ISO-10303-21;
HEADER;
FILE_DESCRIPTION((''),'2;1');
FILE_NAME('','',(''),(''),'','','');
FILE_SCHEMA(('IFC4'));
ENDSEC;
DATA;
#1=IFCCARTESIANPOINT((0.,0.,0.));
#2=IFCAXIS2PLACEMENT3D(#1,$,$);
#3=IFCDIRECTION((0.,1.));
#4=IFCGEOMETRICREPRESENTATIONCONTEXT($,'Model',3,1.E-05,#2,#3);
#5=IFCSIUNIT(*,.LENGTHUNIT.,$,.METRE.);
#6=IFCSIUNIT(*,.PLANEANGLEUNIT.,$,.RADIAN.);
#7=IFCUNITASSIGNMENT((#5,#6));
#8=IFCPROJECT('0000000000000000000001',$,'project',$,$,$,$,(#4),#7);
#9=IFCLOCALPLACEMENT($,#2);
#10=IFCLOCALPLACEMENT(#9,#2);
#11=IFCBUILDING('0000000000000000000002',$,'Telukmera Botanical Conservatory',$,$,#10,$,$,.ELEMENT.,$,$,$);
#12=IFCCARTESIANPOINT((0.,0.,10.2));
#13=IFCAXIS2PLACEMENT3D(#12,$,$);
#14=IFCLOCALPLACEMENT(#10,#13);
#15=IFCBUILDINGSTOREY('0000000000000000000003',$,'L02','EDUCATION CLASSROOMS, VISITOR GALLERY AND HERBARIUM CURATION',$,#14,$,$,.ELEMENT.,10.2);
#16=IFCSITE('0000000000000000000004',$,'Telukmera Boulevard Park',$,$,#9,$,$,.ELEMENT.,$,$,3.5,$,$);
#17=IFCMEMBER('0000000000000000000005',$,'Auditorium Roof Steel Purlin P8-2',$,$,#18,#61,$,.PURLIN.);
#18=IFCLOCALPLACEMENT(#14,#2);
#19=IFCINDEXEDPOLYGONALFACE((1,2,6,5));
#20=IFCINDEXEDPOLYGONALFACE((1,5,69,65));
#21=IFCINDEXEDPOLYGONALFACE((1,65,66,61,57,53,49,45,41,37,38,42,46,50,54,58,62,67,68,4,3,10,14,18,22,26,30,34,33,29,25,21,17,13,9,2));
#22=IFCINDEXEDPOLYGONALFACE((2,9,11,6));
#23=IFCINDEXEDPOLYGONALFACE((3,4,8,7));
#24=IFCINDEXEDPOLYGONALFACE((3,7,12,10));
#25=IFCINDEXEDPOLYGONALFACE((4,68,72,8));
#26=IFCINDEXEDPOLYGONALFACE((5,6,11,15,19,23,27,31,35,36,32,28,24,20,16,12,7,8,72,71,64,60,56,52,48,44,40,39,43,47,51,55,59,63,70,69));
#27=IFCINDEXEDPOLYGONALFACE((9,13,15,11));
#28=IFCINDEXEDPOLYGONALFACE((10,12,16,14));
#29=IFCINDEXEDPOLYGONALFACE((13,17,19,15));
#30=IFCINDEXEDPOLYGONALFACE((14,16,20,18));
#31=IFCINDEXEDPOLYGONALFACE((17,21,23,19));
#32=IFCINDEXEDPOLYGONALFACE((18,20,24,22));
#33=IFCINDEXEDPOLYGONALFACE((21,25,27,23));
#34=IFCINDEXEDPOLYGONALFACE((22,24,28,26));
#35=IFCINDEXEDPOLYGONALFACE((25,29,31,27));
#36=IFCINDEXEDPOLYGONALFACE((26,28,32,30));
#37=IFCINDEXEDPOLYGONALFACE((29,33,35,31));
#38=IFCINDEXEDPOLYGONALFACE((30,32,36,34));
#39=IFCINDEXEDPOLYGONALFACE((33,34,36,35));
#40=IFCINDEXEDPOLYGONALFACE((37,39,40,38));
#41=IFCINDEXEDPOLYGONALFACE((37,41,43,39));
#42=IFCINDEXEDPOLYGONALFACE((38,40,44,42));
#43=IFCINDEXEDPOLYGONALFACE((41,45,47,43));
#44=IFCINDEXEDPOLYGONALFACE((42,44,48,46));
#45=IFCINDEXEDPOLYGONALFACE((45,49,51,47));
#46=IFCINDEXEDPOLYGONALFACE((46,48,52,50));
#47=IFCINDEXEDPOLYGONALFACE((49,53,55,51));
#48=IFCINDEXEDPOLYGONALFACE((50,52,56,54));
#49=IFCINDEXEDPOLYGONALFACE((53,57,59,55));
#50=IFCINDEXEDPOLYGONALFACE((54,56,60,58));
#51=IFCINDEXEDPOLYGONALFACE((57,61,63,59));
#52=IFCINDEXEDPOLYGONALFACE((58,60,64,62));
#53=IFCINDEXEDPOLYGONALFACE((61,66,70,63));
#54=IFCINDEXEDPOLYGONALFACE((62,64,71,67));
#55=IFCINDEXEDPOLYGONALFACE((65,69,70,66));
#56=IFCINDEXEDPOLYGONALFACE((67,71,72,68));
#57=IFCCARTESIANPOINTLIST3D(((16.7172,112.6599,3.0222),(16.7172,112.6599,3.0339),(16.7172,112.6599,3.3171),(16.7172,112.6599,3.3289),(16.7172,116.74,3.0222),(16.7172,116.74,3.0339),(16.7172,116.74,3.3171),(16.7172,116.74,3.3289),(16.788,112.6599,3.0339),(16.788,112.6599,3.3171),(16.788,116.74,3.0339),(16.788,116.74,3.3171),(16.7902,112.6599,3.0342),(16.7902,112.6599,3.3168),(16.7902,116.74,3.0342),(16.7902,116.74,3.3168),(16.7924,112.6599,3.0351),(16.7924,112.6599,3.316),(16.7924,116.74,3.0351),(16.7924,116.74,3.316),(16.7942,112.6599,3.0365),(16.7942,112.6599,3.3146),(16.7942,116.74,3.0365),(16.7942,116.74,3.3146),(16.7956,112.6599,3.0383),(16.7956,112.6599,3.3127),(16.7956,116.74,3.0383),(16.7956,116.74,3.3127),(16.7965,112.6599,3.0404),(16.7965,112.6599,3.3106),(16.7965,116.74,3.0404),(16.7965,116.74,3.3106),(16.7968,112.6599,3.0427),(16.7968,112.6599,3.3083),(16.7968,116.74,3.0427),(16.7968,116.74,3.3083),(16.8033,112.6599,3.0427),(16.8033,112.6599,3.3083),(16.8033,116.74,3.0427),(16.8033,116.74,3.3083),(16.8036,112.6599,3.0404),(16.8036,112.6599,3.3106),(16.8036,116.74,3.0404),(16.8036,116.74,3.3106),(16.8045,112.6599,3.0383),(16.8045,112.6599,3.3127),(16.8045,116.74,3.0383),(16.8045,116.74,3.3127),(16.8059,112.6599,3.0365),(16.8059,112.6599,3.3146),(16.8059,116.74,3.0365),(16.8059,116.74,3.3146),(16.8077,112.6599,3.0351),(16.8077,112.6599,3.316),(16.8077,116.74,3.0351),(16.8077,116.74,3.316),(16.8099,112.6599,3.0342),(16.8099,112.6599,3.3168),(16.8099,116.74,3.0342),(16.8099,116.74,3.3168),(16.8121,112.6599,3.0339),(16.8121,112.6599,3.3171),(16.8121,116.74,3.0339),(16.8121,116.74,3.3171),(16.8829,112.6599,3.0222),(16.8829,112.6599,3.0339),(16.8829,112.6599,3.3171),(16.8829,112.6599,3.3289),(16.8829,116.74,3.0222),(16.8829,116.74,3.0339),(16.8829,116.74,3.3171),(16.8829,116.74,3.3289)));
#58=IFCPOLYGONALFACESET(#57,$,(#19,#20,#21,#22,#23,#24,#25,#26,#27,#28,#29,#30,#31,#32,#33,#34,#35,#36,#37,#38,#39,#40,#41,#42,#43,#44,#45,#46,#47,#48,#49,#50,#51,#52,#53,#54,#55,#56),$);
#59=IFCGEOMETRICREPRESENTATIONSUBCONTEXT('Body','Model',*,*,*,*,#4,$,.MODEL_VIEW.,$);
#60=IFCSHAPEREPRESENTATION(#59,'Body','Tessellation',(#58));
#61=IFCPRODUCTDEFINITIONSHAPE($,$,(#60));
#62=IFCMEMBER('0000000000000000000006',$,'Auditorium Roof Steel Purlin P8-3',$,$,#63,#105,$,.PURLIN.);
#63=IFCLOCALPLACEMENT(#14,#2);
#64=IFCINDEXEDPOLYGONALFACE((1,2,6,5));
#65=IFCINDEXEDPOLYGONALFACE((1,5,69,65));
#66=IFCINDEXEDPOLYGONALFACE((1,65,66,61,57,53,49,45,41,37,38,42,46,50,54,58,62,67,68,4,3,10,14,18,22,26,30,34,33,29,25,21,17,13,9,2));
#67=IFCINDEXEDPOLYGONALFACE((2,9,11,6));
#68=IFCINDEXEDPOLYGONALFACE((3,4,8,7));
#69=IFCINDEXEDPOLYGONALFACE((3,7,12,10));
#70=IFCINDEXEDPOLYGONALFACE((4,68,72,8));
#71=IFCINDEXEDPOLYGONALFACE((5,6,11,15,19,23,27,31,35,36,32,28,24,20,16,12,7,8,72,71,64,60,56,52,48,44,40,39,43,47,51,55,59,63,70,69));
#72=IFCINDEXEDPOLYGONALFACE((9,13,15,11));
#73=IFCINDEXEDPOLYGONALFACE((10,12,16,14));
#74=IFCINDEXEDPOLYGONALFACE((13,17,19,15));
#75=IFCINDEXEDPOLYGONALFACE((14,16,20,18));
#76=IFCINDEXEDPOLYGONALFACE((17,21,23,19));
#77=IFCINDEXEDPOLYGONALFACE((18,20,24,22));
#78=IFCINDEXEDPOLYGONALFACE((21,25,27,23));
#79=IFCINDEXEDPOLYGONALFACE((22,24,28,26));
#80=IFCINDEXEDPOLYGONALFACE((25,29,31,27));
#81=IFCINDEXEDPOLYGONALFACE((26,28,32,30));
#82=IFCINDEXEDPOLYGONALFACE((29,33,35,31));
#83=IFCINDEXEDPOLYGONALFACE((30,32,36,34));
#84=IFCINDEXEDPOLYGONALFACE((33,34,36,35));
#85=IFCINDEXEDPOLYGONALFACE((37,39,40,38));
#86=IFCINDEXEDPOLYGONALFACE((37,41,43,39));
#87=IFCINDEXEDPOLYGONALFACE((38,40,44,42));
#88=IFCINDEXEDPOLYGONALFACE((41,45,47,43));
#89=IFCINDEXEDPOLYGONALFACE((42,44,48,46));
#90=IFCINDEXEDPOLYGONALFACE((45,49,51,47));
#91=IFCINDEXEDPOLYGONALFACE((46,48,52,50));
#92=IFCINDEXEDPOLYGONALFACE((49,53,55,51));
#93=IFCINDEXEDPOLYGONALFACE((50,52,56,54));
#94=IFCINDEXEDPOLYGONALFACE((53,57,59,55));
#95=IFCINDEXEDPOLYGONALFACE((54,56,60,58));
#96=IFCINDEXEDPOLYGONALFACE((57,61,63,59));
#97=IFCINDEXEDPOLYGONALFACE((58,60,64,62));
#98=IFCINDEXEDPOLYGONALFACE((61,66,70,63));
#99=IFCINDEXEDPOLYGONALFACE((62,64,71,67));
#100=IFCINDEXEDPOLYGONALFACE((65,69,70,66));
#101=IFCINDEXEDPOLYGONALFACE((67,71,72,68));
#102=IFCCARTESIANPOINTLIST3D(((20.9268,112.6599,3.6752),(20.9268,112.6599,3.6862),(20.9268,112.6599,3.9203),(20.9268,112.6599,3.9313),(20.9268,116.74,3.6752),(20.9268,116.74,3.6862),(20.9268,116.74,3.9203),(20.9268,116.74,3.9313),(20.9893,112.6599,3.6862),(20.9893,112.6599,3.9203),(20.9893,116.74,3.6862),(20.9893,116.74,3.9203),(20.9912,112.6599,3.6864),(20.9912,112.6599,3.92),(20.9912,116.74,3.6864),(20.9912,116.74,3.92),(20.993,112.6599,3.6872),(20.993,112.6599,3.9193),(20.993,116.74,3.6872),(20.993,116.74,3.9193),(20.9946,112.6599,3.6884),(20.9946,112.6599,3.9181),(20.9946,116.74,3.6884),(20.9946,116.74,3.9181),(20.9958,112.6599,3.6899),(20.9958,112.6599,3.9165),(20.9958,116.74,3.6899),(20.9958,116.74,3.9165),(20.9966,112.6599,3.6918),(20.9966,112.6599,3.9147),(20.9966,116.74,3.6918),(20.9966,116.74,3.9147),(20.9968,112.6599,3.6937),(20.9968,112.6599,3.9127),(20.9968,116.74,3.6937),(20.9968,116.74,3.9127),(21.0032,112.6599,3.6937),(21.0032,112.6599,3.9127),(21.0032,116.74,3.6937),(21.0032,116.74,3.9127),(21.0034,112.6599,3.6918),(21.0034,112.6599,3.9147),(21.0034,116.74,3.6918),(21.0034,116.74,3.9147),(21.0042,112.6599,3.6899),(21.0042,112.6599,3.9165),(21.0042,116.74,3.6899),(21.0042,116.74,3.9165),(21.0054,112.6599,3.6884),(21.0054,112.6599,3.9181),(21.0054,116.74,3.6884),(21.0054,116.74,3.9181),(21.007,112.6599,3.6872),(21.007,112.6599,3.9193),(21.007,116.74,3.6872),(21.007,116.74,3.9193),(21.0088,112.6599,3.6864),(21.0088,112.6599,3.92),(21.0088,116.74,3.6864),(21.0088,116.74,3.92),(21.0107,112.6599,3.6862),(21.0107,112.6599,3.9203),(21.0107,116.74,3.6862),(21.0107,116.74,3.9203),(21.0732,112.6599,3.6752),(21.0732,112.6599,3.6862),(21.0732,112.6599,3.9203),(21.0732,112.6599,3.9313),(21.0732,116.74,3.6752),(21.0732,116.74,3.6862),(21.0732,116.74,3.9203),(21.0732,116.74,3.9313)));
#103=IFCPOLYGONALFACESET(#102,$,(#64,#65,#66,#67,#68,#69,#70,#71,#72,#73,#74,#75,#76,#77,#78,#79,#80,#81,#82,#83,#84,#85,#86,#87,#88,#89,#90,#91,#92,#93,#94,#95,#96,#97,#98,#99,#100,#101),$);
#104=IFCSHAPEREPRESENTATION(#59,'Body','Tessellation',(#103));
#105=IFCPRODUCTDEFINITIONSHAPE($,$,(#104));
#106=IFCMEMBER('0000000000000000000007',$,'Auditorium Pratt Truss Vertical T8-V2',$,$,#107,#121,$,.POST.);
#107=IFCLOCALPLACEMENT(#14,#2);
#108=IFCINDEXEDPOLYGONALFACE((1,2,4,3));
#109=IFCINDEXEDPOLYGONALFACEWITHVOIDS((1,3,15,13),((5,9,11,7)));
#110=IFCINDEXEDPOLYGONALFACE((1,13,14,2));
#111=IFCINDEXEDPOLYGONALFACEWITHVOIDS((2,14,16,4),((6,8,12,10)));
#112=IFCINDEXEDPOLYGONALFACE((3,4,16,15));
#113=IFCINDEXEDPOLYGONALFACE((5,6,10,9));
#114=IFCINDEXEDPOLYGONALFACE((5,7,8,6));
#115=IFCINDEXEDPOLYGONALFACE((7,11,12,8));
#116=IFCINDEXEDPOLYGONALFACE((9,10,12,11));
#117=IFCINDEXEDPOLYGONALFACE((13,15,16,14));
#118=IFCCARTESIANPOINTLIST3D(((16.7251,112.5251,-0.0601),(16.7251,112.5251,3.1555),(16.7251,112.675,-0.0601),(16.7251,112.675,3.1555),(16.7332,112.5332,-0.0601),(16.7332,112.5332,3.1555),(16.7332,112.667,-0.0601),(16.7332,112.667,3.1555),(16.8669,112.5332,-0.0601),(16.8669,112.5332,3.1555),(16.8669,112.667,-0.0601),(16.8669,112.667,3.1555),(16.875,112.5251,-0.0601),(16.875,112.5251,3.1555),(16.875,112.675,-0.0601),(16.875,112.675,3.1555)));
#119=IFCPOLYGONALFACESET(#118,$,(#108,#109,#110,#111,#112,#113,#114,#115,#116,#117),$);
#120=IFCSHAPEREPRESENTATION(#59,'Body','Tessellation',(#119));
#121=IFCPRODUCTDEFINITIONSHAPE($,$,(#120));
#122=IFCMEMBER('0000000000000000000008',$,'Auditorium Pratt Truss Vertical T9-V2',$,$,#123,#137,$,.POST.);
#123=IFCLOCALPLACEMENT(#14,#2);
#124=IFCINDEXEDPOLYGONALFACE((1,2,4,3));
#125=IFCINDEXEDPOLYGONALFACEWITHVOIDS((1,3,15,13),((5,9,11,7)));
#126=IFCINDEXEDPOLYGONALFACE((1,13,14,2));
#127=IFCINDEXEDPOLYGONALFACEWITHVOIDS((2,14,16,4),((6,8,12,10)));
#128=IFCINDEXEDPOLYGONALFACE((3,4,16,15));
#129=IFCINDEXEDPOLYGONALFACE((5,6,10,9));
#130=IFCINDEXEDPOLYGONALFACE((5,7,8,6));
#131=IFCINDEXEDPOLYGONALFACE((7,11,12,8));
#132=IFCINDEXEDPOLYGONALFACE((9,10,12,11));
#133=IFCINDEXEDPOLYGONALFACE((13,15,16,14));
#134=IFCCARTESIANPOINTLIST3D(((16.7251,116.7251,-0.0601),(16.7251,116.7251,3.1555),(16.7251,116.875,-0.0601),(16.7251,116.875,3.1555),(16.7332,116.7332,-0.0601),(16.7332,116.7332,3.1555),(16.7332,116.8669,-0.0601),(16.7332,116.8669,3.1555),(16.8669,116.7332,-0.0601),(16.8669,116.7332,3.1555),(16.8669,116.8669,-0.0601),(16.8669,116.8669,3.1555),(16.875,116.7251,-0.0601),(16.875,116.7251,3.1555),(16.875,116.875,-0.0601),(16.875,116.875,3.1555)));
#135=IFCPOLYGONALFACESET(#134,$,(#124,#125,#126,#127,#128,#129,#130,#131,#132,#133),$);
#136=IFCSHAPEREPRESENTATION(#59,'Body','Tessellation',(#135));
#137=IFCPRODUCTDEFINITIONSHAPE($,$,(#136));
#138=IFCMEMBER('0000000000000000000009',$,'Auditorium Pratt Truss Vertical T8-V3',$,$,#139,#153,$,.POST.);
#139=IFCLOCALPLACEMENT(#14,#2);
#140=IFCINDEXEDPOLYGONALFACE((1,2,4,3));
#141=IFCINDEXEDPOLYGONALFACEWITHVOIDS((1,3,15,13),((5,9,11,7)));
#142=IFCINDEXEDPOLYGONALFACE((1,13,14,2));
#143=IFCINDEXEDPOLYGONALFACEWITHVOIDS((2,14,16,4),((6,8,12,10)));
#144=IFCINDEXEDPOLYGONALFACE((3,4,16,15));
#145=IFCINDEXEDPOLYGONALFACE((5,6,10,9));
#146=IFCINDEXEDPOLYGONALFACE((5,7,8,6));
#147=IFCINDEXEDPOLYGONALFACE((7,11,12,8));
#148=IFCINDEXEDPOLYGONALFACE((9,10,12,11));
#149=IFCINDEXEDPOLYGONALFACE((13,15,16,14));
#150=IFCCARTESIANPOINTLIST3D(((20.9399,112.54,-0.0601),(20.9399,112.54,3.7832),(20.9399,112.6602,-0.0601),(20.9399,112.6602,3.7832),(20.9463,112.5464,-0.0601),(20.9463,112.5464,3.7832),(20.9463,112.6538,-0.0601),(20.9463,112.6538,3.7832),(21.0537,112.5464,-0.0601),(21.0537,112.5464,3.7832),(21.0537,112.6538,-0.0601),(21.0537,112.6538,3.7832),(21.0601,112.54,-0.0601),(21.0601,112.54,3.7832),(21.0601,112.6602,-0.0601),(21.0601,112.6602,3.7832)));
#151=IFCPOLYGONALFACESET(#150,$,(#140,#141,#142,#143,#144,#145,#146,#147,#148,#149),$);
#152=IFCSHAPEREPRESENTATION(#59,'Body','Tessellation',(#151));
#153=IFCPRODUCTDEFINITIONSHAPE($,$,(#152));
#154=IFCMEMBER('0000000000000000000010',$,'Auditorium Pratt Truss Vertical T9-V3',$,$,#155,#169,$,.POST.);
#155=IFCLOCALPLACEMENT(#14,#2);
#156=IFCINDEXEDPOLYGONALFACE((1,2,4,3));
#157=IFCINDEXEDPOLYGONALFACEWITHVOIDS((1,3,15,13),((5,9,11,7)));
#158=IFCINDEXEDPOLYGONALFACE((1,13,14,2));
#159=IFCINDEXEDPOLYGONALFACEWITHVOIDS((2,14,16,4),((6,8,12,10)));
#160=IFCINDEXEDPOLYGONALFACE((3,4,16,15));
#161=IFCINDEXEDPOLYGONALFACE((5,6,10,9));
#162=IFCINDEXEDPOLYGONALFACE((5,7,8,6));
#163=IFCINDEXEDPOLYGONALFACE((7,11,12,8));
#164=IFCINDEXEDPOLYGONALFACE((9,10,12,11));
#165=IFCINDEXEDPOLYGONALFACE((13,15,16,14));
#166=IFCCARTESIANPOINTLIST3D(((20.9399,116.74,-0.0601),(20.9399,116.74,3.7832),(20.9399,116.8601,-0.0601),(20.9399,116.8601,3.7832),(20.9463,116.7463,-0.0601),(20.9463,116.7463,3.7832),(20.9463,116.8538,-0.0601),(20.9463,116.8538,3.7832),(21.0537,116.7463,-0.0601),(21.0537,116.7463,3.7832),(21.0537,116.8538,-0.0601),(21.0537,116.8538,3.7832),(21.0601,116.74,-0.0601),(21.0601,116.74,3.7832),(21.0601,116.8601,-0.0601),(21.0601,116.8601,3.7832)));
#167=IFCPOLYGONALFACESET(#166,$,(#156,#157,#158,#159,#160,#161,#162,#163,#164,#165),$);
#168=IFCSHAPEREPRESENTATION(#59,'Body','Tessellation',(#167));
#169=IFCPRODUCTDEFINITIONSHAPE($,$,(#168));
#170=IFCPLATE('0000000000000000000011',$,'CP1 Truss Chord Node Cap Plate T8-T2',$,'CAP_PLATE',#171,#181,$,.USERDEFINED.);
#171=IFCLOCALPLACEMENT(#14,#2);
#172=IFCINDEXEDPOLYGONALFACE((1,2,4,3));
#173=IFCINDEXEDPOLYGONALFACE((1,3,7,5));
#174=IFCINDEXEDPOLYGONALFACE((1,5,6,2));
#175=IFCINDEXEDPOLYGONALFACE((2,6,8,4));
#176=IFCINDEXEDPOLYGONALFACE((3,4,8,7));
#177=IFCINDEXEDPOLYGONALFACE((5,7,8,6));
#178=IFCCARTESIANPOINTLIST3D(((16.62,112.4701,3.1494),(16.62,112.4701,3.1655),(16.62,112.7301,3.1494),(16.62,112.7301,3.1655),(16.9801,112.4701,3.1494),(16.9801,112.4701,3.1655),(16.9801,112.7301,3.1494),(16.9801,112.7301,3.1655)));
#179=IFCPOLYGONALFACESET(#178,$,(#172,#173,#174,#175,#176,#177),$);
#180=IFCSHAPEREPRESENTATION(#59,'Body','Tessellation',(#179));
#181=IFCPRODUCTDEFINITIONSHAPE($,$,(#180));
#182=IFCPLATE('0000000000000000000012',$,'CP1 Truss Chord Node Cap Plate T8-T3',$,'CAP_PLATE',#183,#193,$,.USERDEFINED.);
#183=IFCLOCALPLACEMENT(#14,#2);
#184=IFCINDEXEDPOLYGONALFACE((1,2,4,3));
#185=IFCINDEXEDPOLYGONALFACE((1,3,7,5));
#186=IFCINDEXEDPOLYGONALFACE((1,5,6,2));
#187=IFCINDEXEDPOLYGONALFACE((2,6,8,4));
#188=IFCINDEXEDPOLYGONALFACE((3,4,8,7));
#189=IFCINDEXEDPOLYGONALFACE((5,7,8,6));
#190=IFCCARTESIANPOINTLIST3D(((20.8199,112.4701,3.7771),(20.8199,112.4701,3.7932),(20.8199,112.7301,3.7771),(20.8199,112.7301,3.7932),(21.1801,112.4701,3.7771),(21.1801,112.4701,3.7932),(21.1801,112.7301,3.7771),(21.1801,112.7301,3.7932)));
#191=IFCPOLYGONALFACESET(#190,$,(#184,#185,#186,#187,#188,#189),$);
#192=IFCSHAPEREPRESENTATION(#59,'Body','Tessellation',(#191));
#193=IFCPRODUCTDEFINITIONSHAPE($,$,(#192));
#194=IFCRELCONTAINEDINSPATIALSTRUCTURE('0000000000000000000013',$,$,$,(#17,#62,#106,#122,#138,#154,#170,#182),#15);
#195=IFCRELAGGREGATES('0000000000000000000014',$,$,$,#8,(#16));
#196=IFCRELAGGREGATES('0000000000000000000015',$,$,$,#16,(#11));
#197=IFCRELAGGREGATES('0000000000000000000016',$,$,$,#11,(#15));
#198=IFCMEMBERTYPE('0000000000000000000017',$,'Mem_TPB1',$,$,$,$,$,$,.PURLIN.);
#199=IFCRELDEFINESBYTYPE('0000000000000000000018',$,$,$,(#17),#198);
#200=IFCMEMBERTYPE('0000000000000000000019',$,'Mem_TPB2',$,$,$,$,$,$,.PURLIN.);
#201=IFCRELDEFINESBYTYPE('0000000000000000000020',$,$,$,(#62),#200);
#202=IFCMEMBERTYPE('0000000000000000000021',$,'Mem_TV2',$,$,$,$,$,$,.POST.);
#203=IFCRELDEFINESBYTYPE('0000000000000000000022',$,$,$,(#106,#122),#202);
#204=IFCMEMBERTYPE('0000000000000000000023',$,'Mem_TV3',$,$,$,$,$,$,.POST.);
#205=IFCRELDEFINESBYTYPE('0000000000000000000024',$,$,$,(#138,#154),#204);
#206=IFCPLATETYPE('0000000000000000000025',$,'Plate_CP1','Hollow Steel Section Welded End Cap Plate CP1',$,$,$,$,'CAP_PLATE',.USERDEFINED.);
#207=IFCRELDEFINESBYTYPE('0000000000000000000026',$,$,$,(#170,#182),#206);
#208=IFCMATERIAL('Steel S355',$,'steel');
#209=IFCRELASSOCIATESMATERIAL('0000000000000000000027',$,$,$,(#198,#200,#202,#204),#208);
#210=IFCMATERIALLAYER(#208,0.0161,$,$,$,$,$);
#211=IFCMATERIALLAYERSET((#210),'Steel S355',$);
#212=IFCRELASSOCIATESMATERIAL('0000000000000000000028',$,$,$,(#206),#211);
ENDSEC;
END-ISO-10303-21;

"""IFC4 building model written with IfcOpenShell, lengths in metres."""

from ifc_helpers import new_model, si_unit, direction, frame, origin, origin_2d, place, context, subcontext, project, spatial, rectangle, hollow_rectangle, i_section, extrude, material, layer, layer_set, material_profile, profile_set, type_object, element, save


model = new_model("IFC4")

# Units and contexts
model_context = context("Model", 3, precision=1e-05, world=origin(), true_north=direction((0.0, 1.0)))
body_context = subcontext(model_context, "Body", "Model", "MODEL_VIEW")
ifc_project = project(units=[si_unit("LENGTHUNIT", "METRE"), si_unit("PLANEANGLEUNIT", "RADIAN")], contexts=[model_context])

# Site, building, storey
site_placement = place(None, origin())
site = spatial("IfcSite", under=ifc_project, at=site_placement, Name="Telukmera Boulevard Park", CompositionType="ELEMENT", RefElevation=3.5)
building_placement = place(site_placement, origin())
building = spatial("IfcBuilding", under=site, at=building_placement, Name="Telukmera Botanical Conservatory", CompositionType="ELEMENT")
storey_placement = place(building_placement, frame((0.0, 0.0, 10.2)))
storey = spatial("IfcBuildingStorey", under=building, at=storey_placement, Name="L02", Description="EDUCATION CLASSROOMS, VISITOR GALLERY AND HERBARIUM CURATION", CompositionType="ELEMENT", Elevation=10.2)

# Members
ifc_material_1 = material(Name="Steel S355", Category="steel")
ifc_material_profile_1 = material_profile(ifc_material_1, i_section(OverallWidth=0.1658, OverallDepth=0.3066, WebThickness=0.0066, FlangeThickness=0.0117, FilletRadius=0.0088, at=origin_2d()), Name="UB 305x165x46")
ifc_profile_set_1 = profile_set([ifc_material_profile_1], Name="Steel S355")
member_type_1 = type_object("IfcMemberType", Name="Mem_TPB1", PredefinedType="PURLIN", material=ifc_profile_set_1)
member_1_placement = place(storey_placement, frame((16.8, 112.6599, 3.1755), z_axis=(0.0, 1.0, 0.0), x_axis=(-1.0, 0.0, 0.0)))
element("IfcMember", 1, at=member_1_placement, inside=storey, type_object=member_type_1, Name="Auditorium Roof Steel Purlin P8-2", PredefinedType="PURLIN", context=body_context, shape_type="SweptSolid", body=[
    extrude(i_section(OverallWidth=0.1658, OverallDepth=0.3066, WebThickness=0.0066, FlangeThickness=0.0117, FilletRadius=0.0088, at=origin_2d()), origin(), (0.0, 0.0, 1.0), 4.0801),
])
ifc_material_profile_2 = material_profile(ifc_material_1, i_section(OverallWidth=0.1465, OverallDepth=0.2561, WebThickness=0.0063, FlangeThickness=0.011, FilletRadius=0.0076, at=origin_2d()), Name="UB 254x146x37")
ifc_profile_set_2 = profile_set([ifc_material_profile_2], Name="Steel S355")
member_type_2 = type_object("IfcMemberType", Name="Mem_TPB2", PredefinedType="PURLIN", material=ifc_profile_set_2)
member_2_placement = place(storey_placement, frame((21.0, 112.6599, 3.8032), z_axis=(0.0, 1.0, 0.0), x_axis=(-1.0, 0.0, 0.0)))
element("IfcMember", 2, at=member_2_placement, inside=storey, type_object=member_type_2, Name="Auditorium Roof Steel Purlin P8-3", PredefinedType="PURLIN", context=body_context, shape_type="SweptSolid", body=[
    extrude(i_section(OverallWidth=0.1465, OverallDepth=0.2561, WebThickness=0.0063, FlangeThickness=0.011, FilletRadius=0.0076, at=origin_2d()), origin(), (0.0, 0.0, 1.0), 4.0801),
])
ifc_material_profile_3 = material_profile(ifc_material_1, hollow_rectangle(XDim=0.1499, YDim=0.1499, WallThickness=0.0081, at=origin_2d()), Name="SHS 150x150x8.0")
ifc_profile_set_3 = profile_set([ifc_material_profile_3], Name="Steel S355")
member_type_3 = type_object("IfcMemberType", Name="Mem_TV2", PredefinedType="POST", material=ifc_profile_set_3)
for number, where, z_axis, x_axis, name in (
    (3, (16.8, 112.6001, -0.0601), (0.0, 0.0, 1.0), (1.0, 0.0, 0.0), "Auditorium Pratt Truss Vertical T8-V2"),
    (4, (16.8, 116.8, -0.0601), (0.0, 0.0, 1.0), (1.0, 0.0, 0.0), "Auditorium Pratt Truss Vertical T9-V2"),
):
    element("IfcMember", number, at=place(storey_placement, frame(where, z_axis=z_axis, x_axis=x_axis)), inside=storey, type_object=member_type_3, Name=name, PredefinedType="POST", context=body_context, shape_type="SweptSolid", body=[
        extrude(hollow_rectangle(XDim=0.1499, YDim=0.1499, WallThickness=0.0081, at=origin_2d()), origin(), (0.0, 0.0, 1.0), 3.2156),
    ])
ifc_material_profile_4 = material_profile(ifc_material_1, hollow_rectangle(XDim=0.1201, YDim=0.1201, WallThickness=0.0063, at=origin_2d()), Name="SHS 120x120x6.3")
ifc_profile_set_4 = profile_set([ifc_material_profile_4], Name="Steel S355")
member_type_4 = type_object("IfcMemberType", Name="Mem_TV3", PredefinedType="POST", material=ifc_profile_set_4)
for number, where, z_axis, x_axis, name in (
    (5, (21.0, 112.6001, -0.0601), (0.0, 0.0, 1.0), (1.0, 0.0, 0.0), "Auditorium Pratt Truss Vertical T8-V3"),
    (6, (21.0, 116.8, -0.0601), (0.0, 0.0, 1.0), (1.0, 0.0, 0.0), "Auditorium Pratt Truss Vertical T9-V3"),
):
    element("IfcMember", number, at=place(storey_placement, frame(where, z_axis=z_axis, x_axis=x_axis)), inside=storey, type_object=member_type_4, Name=name, PredefinedType="POST", context=body_context, shape_type="SweptSolid", body=[
        extrude(hollow_rectangle(XDim=0.1201, YDim=0.1201, WallThickness=0.0063, at=origin_2d()), origin(), (0.0, 0.0, 1.0), 3.8433),
    ])

# Plates
ifc_layer_1 = layer(ifc_material_1, 0.0161)
ifc_layer_set_1 = layer_set([ifc_layer_1], Name="Steel S355")
plate_type_1 = type_object("IfcPlateType", Name="Plate_CP1", Description="Hollow Steel Section Welded End Cap Plate CP1", ElementType="CAP_PLATE", PredefinedType="USERDEFINED", material=ifc_layer_set_1)
for number, where, z_axis, x_axis, name in (
    (7, (16.8, 112.6001, 3.1494), (0.0, 0.0, 1.0), (1.0, 0.0, 0.0), "CP1 Truss Chord Node Cap Plate T8-T2"),
    (8, (21.0, 112.6001, 3.7771), (0.0, 0.0, 1.0), (1.0, 0.0, 0.0), "CP1 Truss Chord Node Cap Plate T8-T3"),
):
    element("IfcPlate", number, at=place(storey_placement, frame(where, z_axis=z_axis, x_axis=x_axis)), inside=storey, type_object=plate_type_1, Name=name, ObjectType="CAP_PLATE", PredefinedType="USERDEFINED", context=body_context, shape_type="SweptSolid", body=[
        extrude(rectangle(XDim=0.3601, YDim=0.26, at=origin_2d()), origin(), (0.0, 0.0, 1.0), 0.0161),
    ])

save(model, "model.ifc")
